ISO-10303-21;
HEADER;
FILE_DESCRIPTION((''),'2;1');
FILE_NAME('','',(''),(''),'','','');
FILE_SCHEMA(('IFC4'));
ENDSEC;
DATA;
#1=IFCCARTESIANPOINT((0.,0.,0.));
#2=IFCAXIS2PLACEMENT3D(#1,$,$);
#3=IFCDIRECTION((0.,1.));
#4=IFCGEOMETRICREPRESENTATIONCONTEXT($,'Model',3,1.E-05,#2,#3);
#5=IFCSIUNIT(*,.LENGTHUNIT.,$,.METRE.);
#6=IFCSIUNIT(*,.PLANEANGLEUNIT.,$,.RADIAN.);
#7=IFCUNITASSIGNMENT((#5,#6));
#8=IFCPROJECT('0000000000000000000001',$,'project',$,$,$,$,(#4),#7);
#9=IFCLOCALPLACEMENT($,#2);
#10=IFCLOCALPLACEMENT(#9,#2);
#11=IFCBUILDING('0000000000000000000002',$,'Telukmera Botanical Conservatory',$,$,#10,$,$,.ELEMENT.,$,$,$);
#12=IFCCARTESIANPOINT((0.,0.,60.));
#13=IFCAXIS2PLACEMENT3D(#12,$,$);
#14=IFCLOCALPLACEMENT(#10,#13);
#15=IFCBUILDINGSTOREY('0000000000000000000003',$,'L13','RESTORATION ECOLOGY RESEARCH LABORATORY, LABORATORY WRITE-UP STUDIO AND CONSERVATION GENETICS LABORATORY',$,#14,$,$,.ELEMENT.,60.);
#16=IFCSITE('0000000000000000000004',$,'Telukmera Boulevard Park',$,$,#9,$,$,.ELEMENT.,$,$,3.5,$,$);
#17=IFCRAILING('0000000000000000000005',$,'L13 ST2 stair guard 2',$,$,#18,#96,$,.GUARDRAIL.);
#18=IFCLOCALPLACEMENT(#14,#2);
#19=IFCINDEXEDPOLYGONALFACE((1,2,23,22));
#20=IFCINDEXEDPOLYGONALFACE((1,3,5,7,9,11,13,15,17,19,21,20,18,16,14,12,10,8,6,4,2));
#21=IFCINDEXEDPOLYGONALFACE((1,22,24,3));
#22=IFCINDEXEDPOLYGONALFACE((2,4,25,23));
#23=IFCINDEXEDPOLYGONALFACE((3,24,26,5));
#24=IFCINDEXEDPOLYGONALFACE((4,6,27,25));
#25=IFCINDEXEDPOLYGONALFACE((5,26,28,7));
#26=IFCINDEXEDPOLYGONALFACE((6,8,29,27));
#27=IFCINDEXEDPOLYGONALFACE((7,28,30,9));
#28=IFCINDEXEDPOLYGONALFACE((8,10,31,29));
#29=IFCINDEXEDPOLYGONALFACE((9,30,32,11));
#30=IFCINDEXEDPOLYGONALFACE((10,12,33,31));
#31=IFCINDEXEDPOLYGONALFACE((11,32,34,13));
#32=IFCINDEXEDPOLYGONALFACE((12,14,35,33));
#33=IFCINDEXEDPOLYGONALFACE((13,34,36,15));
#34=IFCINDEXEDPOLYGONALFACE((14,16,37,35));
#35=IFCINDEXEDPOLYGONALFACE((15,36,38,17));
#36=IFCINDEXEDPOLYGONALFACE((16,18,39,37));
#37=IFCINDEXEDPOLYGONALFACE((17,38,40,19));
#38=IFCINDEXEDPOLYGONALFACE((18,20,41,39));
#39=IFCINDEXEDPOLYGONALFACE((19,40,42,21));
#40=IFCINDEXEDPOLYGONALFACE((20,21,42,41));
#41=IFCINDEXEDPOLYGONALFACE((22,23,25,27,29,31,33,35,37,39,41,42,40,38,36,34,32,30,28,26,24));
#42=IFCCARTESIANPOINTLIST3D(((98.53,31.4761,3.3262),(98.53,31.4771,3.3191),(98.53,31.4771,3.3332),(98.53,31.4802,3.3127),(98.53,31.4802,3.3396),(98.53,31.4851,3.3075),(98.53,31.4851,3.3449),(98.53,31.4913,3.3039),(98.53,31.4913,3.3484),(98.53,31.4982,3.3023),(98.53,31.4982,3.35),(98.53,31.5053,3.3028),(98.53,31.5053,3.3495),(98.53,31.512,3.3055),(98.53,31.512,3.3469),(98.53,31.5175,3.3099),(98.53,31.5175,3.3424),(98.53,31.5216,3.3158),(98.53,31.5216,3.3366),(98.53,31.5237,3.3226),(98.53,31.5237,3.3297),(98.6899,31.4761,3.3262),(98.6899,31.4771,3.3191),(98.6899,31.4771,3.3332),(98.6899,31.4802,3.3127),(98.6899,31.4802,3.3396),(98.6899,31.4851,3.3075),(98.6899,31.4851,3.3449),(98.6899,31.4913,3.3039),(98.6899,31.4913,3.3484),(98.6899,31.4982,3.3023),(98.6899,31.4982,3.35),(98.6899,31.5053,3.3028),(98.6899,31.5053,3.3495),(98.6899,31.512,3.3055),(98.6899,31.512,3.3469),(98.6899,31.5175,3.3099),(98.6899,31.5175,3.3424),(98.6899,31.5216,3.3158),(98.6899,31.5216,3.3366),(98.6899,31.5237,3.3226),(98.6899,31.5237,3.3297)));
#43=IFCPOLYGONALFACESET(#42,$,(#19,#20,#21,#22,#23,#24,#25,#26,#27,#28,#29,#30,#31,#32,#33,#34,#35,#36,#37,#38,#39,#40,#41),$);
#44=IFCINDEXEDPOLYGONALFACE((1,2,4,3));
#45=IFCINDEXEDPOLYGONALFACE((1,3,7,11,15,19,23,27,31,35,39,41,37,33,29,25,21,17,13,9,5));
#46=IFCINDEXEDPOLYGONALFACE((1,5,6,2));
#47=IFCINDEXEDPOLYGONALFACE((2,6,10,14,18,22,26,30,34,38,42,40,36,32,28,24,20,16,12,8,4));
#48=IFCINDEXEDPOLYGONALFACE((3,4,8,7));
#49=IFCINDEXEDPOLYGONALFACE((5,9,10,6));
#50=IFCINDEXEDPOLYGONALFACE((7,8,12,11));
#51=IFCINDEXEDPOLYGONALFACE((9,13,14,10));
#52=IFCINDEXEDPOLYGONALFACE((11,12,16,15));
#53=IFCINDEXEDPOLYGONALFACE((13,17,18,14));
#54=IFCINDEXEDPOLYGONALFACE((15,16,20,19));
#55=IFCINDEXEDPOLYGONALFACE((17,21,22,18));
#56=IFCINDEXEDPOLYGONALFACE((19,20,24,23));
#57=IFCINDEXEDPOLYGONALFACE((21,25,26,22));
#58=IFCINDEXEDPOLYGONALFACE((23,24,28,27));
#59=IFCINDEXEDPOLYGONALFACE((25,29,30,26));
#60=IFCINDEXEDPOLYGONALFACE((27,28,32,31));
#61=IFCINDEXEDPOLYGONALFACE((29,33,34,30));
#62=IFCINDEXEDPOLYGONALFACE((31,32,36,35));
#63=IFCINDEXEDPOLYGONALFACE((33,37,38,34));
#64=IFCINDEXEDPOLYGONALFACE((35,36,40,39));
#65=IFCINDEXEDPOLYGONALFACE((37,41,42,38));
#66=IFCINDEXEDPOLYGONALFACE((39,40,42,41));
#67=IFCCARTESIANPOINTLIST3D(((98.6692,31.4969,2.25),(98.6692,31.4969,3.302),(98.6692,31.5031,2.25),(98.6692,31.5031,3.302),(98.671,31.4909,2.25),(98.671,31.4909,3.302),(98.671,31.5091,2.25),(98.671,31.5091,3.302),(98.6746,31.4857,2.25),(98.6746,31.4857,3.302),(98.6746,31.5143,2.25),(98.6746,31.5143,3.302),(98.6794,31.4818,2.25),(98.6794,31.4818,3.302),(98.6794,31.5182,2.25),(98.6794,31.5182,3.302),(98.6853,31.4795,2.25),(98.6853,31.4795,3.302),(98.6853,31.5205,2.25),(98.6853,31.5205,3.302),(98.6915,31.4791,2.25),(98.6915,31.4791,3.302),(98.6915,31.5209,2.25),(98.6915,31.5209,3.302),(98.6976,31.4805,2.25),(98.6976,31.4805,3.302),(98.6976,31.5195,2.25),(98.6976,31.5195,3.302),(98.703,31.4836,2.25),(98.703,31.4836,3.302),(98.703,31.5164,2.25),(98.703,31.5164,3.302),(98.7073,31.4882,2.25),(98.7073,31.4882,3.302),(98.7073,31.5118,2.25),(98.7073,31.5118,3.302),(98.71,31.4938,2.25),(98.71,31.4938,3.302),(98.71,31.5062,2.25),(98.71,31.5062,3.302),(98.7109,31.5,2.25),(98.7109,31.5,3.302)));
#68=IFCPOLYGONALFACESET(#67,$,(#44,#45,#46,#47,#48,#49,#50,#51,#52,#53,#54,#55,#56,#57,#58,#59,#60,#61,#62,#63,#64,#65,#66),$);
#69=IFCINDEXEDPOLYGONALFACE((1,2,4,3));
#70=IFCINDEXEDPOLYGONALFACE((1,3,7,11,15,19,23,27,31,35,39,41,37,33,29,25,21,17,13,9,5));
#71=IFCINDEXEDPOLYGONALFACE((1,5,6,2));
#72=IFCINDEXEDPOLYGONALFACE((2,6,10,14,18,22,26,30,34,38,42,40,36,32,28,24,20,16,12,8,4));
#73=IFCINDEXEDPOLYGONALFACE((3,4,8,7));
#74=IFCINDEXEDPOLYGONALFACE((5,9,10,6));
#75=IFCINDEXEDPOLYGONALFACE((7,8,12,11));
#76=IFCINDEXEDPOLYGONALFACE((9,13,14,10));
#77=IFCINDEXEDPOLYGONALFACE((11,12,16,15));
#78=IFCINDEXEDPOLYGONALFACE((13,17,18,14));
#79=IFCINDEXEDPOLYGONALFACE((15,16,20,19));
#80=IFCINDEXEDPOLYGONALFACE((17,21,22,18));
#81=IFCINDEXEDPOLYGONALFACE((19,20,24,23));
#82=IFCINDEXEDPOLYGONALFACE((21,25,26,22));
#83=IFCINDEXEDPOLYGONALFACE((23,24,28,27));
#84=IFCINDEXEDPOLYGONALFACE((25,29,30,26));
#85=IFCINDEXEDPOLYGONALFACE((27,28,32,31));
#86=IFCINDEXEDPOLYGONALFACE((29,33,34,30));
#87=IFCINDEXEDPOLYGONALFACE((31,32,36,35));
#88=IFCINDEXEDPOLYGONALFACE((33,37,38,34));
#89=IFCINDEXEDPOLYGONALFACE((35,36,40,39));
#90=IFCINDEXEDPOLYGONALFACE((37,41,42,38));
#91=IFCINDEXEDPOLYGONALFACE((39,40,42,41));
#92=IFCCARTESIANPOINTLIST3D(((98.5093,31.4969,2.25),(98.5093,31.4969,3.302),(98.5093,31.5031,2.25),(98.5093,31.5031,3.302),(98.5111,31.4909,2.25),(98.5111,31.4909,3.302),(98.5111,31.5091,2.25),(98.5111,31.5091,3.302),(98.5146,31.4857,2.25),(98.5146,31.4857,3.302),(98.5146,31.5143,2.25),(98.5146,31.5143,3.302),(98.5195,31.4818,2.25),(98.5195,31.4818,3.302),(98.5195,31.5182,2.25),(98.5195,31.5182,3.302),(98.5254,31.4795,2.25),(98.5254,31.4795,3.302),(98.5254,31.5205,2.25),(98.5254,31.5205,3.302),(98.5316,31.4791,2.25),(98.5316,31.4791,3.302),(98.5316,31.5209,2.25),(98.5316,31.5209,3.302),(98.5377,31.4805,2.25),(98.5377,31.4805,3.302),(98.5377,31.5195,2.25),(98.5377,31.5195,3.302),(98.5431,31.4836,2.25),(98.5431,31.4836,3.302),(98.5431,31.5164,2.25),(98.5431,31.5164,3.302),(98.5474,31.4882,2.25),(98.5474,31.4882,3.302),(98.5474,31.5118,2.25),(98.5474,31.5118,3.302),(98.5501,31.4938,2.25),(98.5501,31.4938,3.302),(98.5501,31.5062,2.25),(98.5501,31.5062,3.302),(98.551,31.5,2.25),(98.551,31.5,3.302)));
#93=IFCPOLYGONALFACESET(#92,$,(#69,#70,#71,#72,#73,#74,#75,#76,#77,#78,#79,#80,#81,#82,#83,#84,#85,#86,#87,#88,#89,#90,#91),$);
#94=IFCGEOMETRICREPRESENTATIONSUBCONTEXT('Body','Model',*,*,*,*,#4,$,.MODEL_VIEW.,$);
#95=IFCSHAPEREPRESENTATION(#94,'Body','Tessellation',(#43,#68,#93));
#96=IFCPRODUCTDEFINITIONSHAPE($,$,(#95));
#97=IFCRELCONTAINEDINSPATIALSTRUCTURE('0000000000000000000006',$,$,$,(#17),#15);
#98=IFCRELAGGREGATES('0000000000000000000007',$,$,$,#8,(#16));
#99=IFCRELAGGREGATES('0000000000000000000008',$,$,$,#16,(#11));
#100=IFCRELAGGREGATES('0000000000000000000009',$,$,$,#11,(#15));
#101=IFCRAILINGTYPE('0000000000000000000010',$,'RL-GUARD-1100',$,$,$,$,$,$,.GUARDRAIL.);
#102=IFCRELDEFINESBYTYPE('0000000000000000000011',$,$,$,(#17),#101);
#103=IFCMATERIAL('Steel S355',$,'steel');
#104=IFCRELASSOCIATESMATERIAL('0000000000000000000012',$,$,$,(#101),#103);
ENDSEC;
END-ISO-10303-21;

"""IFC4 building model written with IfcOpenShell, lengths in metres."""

from ifc_helpers import new_model, si_unit, direction, frame, origin, origin_2d, place, context, subcontext, project, spatial, circle, extrude, material, type_object, element, save


model = new_model("IFC4")

# Units and contexts
model_context = context("Model", 3, precision=1e-05, world=origin(), true_north=direction((0.0, 1.0)))
body_context = subcontext(model_context, "Body", "Model", "MODEL_VIEW")
ifc_project = project(units=[si_unit("LENGTHUNIT", "METRE"), si_unit("PLANEANGLEUNIT", "RADIAN")], contexts=[model_context])

# Site, building, storey
site_placement = place(None, origin())
site = spatial("IfcSite", under=ifc_project, at=site_placement, Name="Telukmera Boulevard Park", CompositionType="ELEMENT", RefElevation=3.5)
building_placement = place(site_placement, origin())
building = spatial("IfcBuilding", under=site, at=building_placement, Name="Telukmera Botanical Conservatory", CompositionType="ELEMENT")
storey_placement = place(building_placement, frame((0.0, 0.0, 60.0)))
storey = spatial("IfcBuildingStorey", under=building, at=storey_placement, Name="L13", Description="RESTORATION ECOLOGY RESEARCH LABORATORY, LABORATORY WRITE-UP STUDIO AND CONSERVATION GENETICS LABORATORY", CompositionType="ELEMENT", Elevation=60.0)

# Railing
ifc_material_1 = material(Name="Steel S355", Category="steel")
railing_type_1 = type_object("IfcRailingType", Name="RL-GUARD-1100", PredefinedType="GUARDRAIL", material=ifc_material_1)
railing_1_placement = place(storey_placement, frame((98.6899, 31.5, 2.25)))
element("IfcRailing", 1, at=railing_1_placement, inside=storey, type_object=railing_type_1, Name="L13 ST2 stair guard 2", PredefinedType="GUARDRAIL", context=body_context, shape_type="SweptSolid", body=[
    extrude(circle(Radius=0.0239, at=origin_2d()), frame((0.0, 0.0, 1.0762), z_axis=(-1.0, 0.0, 0.0), x_axis=(0.0, -1.0, 0.0)), (0.0, 0.0, 1.0), 0.1599),
    extrude(circle(Radius=0.021, at=origin_2d()), origin(), (0.0, 0.0, 1.0), 1.052),
    extrude(circle(Radius=0.021, at=origin_2d()), frame((-0.1599, 0.0, 0.0)), (0.0, 0.0, 1.0), 1.052),
])

save(model, "model.ifc")
